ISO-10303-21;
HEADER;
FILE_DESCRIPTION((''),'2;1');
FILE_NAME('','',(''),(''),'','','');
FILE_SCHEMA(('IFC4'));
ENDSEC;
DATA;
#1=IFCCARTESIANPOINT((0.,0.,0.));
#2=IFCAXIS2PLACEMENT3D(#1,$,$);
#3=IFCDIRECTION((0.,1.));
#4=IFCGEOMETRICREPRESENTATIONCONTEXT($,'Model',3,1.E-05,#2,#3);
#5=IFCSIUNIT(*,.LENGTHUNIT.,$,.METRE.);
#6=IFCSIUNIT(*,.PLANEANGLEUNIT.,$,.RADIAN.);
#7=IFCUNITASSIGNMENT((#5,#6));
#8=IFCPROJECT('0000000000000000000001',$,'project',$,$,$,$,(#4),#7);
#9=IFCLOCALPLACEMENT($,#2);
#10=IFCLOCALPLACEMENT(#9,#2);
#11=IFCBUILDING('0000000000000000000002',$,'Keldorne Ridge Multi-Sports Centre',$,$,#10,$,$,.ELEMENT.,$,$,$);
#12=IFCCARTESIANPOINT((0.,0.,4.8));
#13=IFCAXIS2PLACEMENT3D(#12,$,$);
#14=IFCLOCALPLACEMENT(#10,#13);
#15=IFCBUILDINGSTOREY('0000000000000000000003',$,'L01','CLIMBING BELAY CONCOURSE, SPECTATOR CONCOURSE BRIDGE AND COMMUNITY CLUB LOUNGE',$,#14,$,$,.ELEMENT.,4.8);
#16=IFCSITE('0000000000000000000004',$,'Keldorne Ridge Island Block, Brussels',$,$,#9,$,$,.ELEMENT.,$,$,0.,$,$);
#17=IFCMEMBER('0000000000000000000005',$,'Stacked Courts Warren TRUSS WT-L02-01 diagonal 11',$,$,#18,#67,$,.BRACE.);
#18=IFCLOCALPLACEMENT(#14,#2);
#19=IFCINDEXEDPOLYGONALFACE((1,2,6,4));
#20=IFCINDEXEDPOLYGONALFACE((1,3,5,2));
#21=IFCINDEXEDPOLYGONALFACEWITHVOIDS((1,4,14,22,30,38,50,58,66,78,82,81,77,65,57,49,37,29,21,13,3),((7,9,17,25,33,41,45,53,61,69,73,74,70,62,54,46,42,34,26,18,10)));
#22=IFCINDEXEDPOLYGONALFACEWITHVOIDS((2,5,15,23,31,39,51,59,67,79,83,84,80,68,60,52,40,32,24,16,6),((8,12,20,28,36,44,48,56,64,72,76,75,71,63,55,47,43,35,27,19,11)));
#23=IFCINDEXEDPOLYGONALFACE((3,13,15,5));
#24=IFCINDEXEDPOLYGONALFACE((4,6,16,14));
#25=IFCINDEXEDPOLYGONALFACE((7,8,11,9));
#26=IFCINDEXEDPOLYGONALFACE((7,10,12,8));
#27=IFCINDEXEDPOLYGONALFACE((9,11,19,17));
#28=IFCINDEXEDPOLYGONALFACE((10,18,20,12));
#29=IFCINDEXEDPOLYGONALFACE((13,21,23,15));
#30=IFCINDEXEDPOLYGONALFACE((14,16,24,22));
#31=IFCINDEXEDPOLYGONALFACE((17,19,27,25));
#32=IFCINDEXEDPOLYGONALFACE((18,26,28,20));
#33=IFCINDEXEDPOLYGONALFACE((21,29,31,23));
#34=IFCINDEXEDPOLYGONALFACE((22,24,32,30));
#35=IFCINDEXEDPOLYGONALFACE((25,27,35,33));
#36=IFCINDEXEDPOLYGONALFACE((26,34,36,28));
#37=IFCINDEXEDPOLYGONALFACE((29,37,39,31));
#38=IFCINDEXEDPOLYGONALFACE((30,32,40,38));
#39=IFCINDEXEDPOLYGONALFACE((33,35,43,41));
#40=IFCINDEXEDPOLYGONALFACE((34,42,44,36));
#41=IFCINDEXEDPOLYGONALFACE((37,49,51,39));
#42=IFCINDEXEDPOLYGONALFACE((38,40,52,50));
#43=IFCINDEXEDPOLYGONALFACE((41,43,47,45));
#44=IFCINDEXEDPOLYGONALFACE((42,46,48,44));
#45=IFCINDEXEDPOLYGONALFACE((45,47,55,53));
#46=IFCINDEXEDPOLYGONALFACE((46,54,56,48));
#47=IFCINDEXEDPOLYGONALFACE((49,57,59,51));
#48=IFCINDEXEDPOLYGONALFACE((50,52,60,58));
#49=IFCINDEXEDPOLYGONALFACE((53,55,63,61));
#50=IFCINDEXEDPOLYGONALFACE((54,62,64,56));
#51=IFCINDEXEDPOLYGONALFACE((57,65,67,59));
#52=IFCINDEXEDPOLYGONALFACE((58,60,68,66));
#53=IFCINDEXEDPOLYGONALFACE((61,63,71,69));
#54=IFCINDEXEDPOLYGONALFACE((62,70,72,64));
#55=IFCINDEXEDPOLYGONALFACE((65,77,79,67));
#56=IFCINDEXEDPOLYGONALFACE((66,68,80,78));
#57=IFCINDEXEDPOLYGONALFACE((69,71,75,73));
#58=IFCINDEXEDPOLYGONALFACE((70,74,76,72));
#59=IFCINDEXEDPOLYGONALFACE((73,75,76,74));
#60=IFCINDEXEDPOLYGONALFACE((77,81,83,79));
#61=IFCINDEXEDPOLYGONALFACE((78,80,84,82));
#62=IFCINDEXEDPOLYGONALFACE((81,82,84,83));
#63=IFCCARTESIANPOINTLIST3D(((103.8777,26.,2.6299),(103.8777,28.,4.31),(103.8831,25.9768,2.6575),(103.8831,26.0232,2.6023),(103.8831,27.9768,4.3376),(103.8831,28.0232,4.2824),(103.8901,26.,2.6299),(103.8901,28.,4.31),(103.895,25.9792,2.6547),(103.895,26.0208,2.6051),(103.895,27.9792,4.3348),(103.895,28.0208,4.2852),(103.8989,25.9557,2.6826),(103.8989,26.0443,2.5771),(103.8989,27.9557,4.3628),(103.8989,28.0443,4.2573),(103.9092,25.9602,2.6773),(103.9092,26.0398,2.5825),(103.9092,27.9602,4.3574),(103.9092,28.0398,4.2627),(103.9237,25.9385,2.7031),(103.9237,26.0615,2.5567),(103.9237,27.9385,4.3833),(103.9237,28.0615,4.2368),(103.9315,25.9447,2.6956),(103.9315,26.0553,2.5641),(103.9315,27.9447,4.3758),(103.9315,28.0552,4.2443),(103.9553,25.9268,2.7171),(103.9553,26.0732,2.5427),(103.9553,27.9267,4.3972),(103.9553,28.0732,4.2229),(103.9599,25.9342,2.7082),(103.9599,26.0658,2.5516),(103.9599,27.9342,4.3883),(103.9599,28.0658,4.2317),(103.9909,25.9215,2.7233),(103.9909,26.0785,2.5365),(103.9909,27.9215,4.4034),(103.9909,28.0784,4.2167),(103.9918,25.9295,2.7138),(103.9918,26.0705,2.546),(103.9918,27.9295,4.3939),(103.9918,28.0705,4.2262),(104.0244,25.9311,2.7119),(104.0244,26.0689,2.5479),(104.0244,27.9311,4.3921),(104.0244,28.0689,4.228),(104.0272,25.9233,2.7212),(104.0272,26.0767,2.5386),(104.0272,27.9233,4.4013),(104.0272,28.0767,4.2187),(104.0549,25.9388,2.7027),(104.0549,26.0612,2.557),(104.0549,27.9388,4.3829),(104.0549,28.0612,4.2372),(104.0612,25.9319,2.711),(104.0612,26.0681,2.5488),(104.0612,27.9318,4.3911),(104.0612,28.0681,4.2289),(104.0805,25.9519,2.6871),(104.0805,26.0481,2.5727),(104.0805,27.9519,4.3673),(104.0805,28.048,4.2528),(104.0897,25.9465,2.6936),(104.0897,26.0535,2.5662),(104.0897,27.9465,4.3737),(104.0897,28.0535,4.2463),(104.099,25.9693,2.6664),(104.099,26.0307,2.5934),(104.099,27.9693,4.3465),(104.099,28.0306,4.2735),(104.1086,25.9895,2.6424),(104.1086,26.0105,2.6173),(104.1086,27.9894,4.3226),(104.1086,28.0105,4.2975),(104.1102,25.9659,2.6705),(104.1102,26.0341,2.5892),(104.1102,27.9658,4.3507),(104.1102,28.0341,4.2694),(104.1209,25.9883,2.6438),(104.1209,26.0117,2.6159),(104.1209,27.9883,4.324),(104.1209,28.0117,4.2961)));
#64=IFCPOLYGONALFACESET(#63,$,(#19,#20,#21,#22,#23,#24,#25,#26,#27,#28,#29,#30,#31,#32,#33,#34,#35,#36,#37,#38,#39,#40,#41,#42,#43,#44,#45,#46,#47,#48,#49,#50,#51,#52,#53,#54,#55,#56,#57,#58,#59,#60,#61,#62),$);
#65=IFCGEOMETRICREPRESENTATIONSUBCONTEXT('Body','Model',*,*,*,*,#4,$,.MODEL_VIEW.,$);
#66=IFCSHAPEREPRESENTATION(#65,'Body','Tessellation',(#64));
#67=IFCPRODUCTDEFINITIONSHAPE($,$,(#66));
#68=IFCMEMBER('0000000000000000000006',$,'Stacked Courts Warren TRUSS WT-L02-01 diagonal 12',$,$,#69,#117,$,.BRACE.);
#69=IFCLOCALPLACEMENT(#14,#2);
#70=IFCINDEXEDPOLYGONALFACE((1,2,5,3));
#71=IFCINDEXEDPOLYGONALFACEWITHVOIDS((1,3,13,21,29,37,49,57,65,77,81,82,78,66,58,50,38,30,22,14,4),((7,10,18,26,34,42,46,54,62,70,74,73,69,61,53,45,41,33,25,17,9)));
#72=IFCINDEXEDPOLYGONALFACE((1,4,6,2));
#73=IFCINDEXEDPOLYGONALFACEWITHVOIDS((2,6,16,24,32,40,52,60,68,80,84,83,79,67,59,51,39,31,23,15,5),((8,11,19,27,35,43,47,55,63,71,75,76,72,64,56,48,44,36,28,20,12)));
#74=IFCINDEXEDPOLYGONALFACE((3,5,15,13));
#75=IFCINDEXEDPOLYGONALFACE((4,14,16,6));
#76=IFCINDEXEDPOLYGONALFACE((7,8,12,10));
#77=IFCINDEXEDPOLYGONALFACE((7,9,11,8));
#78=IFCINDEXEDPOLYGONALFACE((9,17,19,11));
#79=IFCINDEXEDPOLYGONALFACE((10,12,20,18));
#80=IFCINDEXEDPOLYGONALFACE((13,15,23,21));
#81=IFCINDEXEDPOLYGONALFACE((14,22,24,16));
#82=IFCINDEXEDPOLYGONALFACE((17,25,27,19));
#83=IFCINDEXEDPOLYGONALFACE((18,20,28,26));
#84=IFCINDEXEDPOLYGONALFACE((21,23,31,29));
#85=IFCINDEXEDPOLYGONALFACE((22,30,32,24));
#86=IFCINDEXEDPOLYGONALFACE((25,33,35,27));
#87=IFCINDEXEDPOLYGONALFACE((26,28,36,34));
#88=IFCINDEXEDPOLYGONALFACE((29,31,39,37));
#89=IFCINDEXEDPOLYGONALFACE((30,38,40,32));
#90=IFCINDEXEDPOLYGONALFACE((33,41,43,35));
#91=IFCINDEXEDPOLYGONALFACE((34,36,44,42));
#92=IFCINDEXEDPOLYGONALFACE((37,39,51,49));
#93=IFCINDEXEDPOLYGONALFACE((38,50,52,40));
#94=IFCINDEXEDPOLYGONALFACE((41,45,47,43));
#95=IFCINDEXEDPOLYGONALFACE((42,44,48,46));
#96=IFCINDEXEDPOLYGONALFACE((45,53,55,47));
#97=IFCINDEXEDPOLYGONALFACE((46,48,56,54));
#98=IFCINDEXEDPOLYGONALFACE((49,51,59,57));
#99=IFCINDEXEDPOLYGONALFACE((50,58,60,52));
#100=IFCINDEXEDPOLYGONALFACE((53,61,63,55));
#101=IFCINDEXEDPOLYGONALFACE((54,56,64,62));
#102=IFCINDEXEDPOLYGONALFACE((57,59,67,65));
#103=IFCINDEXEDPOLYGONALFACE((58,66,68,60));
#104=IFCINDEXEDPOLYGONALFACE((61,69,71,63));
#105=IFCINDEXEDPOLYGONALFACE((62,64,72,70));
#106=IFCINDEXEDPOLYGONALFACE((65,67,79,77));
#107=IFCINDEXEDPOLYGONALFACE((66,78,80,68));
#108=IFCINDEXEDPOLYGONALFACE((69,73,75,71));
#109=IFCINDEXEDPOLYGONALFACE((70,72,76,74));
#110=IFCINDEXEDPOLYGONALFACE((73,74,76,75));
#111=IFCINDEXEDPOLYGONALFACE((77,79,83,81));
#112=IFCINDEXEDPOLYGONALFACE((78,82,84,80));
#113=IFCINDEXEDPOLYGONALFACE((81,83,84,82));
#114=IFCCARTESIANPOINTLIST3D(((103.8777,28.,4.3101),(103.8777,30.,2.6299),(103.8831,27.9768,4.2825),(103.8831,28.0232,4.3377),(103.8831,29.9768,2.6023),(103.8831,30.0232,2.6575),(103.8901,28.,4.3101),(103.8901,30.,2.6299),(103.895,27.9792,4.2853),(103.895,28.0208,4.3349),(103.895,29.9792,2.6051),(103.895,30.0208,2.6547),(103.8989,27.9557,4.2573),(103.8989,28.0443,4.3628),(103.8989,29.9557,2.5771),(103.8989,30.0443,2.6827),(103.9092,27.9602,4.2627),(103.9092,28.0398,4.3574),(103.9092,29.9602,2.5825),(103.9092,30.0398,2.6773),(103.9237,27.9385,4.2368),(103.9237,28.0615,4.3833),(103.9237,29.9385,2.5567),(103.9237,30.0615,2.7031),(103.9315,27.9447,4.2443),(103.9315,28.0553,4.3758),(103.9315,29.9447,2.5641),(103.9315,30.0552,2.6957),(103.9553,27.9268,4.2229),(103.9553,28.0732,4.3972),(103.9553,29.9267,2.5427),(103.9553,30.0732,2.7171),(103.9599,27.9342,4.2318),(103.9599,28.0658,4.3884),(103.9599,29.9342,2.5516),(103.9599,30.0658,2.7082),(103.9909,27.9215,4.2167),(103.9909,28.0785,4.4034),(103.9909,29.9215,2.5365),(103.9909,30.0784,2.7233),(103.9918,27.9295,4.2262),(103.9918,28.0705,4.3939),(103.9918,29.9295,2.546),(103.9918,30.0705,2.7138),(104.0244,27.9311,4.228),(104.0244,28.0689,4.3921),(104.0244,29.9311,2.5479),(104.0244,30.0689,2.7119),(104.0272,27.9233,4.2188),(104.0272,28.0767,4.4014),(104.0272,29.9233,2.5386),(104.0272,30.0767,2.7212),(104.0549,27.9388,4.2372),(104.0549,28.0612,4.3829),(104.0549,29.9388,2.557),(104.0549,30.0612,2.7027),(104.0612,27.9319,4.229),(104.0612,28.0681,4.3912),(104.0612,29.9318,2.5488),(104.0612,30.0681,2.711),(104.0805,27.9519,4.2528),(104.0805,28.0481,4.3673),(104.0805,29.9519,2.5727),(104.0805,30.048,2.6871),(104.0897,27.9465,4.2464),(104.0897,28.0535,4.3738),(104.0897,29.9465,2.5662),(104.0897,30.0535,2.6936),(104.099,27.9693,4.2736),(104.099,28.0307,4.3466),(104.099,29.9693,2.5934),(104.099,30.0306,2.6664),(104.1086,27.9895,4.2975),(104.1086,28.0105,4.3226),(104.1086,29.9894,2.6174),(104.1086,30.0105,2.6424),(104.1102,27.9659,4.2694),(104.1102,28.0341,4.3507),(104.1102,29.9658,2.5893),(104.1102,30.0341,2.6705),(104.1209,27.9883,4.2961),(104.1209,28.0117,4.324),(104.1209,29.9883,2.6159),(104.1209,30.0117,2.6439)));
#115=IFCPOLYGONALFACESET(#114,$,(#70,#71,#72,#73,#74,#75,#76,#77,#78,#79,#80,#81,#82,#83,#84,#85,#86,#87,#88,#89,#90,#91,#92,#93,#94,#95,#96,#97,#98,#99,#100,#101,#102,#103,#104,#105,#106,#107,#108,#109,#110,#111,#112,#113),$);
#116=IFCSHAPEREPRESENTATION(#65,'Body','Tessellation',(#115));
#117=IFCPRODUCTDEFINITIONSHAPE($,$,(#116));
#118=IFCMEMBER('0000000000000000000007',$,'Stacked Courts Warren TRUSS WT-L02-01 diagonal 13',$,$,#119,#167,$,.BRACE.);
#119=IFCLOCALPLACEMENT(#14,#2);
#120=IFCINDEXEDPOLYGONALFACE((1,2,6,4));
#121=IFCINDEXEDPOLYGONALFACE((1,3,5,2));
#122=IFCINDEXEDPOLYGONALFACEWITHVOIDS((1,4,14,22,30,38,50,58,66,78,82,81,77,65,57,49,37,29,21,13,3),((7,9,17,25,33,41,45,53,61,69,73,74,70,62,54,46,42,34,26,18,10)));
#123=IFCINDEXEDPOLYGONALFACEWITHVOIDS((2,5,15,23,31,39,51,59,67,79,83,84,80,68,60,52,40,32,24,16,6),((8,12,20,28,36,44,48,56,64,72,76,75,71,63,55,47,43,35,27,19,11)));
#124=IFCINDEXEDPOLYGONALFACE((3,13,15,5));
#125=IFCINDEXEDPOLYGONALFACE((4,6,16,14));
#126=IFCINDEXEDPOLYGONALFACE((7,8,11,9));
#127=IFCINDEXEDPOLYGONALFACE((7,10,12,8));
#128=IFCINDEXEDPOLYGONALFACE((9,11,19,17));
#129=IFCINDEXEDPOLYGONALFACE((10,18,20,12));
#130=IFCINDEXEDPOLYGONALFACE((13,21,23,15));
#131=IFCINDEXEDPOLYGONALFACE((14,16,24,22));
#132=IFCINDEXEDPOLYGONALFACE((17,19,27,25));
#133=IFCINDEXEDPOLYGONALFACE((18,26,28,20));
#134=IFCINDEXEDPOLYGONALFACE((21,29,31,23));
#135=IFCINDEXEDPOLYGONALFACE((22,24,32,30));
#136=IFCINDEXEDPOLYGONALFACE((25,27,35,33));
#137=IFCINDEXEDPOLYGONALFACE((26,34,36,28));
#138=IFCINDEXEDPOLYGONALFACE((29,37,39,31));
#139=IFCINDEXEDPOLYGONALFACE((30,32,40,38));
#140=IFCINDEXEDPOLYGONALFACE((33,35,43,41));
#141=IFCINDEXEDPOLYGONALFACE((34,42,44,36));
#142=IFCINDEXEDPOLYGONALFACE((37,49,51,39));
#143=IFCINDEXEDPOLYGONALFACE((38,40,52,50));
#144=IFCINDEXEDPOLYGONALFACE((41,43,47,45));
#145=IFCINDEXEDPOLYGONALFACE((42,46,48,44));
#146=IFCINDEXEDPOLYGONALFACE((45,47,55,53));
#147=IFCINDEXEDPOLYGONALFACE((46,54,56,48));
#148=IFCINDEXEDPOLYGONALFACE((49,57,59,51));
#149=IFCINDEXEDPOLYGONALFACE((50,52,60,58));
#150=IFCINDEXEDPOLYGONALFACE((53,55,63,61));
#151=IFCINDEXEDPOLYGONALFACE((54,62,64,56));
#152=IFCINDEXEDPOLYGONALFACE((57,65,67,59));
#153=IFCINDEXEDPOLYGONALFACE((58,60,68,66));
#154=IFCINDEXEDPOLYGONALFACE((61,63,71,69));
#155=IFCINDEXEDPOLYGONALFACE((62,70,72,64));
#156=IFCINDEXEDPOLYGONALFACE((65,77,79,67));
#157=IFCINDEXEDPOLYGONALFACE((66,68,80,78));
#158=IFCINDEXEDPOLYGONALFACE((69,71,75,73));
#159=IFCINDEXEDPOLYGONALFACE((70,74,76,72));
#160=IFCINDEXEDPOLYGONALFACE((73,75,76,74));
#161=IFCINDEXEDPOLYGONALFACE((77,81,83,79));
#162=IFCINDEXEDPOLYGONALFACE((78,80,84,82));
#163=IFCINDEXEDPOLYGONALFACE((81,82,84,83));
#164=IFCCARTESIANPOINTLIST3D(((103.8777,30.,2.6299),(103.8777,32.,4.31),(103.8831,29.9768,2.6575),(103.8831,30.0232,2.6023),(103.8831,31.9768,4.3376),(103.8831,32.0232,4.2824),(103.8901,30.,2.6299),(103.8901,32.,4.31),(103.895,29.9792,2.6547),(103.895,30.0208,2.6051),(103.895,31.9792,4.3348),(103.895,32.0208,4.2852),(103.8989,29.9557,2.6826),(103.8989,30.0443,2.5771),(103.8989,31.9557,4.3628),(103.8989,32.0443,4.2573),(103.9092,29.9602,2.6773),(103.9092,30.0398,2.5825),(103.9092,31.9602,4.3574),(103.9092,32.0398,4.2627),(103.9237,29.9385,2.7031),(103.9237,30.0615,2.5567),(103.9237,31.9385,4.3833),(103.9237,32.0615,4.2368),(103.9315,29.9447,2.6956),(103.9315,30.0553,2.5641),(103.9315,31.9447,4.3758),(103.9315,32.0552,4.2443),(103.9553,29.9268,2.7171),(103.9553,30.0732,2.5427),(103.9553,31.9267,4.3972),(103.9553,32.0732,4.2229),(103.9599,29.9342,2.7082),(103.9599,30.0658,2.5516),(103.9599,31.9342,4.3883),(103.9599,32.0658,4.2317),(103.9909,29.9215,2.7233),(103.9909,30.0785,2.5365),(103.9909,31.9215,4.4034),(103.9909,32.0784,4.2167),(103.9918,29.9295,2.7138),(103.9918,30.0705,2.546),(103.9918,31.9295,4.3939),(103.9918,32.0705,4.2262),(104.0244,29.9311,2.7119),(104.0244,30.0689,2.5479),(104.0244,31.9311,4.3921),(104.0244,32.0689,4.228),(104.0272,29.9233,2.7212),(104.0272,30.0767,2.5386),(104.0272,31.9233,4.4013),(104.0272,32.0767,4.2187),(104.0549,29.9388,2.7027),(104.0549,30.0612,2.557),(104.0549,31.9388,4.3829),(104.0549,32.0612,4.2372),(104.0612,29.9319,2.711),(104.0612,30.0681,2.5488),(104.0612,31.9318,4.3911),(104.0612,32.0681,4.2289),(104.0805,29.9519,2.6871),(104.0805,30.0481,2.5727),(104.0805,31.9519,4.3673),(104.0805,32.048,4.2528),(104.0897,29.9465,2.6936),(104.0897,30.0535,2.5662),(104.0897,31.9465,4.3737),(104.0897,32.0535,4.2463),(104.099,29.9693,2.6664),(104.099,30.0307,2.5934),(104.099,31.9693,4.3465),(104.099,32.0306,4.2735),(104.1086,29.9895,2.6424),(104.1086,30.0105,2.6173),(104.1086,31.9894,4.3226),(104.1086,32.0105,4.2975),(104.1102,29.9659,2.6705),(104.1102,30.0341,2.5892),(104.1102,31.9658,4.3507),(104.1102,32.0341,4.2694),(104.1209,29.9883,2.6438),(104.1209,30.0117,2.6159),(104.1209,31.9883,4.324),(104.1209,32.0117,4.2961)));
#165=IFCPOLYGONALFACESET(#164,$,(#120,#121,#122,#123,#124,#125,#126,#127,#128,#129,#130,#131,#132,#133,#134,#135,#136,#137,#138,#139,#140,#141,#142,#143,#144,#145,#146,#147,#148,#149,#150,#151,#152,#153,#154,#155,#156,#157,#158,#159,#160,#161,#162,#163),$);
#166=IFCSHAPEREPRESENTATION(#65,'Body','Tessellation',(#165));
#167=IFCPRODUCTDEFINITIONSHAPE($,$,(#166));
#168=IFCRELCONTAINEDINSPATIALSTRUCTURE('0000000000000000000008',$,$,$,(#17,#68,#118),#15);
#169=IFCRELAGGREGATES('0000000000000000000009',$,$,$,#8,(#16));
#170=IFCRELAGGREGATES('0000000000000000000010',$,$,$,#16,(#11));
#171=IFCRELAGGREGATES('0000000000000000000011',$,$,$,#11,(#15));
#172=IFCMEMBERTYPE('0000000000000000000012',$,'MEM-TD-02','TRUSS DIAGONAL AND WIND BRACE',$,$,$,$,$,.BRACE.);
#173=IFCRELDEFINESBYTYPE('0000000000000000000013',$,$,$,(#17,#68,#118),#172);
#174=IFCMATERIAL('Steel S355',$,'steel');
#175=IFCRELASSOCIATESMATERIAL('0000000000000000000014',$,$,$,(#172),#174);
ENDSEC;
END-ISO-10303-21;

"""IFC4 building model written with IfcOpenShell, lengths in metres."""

from ifc_helpers import new_model, si_unit, direction, frame, origin, origin_2d, place, context, subcontext, project, spatial, hollow_circle, extrude, material, material_profile, profile_set, type_object, element, save


model = new_model("IFC4")

# Units and contexts
model_context = context("Model", 3, precision=1e-05, world=origin(), true_north=direction((0.0, 1.0)))
body_context = subcontext(model_context, "Body", "Model", "MODEL_VIEW")
ifc_project = project(units=[si_unit("LENGTHUNIT", "METRE"), si_unit("PLANEANGLEUNIT", "RADIAN")], contexts=[model_context])

# Site, building, storey
site_placement = place(None, origin())
site = spatial("IfcSite", under=ifc_project, at=site_placement, Name="Keldorne Ridge Island Block, Brussels", CompositionType="ELEMENT", RefElevation=0.0)
building_placement = place(site_placement, origin())
building = spatial("IfcBuilding", under=site, at=building_placement, Name="Keldorne Ridge Multi-Sports Centre", CompositionType="ELEMENT")
storey_placement = place(building_placement, frame((0.0, 0.0, 4.8)))
storey = spatial("IfcBuildingStorey", under=building, at=storey_placement, Name="L01", Description="CLIMBING BELAY CONCOURSE, SPECTATOR CONCOURSE BRIDGE AND COMMUNITY CLUB LOUNGE", CompositionType="ELEMENT", Elevation=4.8)

# Shared definitions
ifc_material = material(Name="Steel S355", Category="steel")

# Members
ifc_material_profile_1 = material_profile(ifc_material, hollow_circle(Radius=0.1223, WallThickness=0.0125, at=origin_2d()), Name="CHS 244.5x12.5")
ifc_profile_set_1 = profile_set([ifc_material_profile_1], Name="Steel S355")
member_type_1 = type_object("IfcMemberType", Name="MEM-TD-02", Description="TRUSS DIAGONAL AND WIND BRACE", PredefinedType="BRACE", material=ifc_profile_set_1)
for number, where, z_axis, x_axis, name in (
    (1, (104.0, 26.0, 2.6299), (0.0, 0.765672, 0.643232), (-1.0, 0.0, 0.0), "Stacked Courts Warren TRUSS WT-L02-01 diagonal 11"),
    (2, (104.0, 28.0, 4.3101), (0.0, 0.765672, -0.643232), (-1.0, 0.0, 0.0), "Stacked Courts Warren TRUSS WT-L02-01 diagonal 12"),
    (3, (104.0, 30.0, 2.6299), (0.0, 0.765672, 0.643232), (-1.0, 0.0, 0.0), "Stacked Courts Warren TRUSS WT-L02-01 diagonal 13"),
):
    element("IfcMember", number, at=place(storey_placement, frame(where, z_axis=z_axis, x_axis=x_axis)), inside=storey, type_object=member_type_1, Name=name, PredefinedType="BRACE", context=body_context, shape_type="SweptSolid", body=[
        extrude(hollow_circle(Radius=0.1223, WallThickness=0.0125, at=origin_2d()), origin(), (0.0, 0.0, 1.0), 2.6121),
    ])

save(model, "model.ifc")
